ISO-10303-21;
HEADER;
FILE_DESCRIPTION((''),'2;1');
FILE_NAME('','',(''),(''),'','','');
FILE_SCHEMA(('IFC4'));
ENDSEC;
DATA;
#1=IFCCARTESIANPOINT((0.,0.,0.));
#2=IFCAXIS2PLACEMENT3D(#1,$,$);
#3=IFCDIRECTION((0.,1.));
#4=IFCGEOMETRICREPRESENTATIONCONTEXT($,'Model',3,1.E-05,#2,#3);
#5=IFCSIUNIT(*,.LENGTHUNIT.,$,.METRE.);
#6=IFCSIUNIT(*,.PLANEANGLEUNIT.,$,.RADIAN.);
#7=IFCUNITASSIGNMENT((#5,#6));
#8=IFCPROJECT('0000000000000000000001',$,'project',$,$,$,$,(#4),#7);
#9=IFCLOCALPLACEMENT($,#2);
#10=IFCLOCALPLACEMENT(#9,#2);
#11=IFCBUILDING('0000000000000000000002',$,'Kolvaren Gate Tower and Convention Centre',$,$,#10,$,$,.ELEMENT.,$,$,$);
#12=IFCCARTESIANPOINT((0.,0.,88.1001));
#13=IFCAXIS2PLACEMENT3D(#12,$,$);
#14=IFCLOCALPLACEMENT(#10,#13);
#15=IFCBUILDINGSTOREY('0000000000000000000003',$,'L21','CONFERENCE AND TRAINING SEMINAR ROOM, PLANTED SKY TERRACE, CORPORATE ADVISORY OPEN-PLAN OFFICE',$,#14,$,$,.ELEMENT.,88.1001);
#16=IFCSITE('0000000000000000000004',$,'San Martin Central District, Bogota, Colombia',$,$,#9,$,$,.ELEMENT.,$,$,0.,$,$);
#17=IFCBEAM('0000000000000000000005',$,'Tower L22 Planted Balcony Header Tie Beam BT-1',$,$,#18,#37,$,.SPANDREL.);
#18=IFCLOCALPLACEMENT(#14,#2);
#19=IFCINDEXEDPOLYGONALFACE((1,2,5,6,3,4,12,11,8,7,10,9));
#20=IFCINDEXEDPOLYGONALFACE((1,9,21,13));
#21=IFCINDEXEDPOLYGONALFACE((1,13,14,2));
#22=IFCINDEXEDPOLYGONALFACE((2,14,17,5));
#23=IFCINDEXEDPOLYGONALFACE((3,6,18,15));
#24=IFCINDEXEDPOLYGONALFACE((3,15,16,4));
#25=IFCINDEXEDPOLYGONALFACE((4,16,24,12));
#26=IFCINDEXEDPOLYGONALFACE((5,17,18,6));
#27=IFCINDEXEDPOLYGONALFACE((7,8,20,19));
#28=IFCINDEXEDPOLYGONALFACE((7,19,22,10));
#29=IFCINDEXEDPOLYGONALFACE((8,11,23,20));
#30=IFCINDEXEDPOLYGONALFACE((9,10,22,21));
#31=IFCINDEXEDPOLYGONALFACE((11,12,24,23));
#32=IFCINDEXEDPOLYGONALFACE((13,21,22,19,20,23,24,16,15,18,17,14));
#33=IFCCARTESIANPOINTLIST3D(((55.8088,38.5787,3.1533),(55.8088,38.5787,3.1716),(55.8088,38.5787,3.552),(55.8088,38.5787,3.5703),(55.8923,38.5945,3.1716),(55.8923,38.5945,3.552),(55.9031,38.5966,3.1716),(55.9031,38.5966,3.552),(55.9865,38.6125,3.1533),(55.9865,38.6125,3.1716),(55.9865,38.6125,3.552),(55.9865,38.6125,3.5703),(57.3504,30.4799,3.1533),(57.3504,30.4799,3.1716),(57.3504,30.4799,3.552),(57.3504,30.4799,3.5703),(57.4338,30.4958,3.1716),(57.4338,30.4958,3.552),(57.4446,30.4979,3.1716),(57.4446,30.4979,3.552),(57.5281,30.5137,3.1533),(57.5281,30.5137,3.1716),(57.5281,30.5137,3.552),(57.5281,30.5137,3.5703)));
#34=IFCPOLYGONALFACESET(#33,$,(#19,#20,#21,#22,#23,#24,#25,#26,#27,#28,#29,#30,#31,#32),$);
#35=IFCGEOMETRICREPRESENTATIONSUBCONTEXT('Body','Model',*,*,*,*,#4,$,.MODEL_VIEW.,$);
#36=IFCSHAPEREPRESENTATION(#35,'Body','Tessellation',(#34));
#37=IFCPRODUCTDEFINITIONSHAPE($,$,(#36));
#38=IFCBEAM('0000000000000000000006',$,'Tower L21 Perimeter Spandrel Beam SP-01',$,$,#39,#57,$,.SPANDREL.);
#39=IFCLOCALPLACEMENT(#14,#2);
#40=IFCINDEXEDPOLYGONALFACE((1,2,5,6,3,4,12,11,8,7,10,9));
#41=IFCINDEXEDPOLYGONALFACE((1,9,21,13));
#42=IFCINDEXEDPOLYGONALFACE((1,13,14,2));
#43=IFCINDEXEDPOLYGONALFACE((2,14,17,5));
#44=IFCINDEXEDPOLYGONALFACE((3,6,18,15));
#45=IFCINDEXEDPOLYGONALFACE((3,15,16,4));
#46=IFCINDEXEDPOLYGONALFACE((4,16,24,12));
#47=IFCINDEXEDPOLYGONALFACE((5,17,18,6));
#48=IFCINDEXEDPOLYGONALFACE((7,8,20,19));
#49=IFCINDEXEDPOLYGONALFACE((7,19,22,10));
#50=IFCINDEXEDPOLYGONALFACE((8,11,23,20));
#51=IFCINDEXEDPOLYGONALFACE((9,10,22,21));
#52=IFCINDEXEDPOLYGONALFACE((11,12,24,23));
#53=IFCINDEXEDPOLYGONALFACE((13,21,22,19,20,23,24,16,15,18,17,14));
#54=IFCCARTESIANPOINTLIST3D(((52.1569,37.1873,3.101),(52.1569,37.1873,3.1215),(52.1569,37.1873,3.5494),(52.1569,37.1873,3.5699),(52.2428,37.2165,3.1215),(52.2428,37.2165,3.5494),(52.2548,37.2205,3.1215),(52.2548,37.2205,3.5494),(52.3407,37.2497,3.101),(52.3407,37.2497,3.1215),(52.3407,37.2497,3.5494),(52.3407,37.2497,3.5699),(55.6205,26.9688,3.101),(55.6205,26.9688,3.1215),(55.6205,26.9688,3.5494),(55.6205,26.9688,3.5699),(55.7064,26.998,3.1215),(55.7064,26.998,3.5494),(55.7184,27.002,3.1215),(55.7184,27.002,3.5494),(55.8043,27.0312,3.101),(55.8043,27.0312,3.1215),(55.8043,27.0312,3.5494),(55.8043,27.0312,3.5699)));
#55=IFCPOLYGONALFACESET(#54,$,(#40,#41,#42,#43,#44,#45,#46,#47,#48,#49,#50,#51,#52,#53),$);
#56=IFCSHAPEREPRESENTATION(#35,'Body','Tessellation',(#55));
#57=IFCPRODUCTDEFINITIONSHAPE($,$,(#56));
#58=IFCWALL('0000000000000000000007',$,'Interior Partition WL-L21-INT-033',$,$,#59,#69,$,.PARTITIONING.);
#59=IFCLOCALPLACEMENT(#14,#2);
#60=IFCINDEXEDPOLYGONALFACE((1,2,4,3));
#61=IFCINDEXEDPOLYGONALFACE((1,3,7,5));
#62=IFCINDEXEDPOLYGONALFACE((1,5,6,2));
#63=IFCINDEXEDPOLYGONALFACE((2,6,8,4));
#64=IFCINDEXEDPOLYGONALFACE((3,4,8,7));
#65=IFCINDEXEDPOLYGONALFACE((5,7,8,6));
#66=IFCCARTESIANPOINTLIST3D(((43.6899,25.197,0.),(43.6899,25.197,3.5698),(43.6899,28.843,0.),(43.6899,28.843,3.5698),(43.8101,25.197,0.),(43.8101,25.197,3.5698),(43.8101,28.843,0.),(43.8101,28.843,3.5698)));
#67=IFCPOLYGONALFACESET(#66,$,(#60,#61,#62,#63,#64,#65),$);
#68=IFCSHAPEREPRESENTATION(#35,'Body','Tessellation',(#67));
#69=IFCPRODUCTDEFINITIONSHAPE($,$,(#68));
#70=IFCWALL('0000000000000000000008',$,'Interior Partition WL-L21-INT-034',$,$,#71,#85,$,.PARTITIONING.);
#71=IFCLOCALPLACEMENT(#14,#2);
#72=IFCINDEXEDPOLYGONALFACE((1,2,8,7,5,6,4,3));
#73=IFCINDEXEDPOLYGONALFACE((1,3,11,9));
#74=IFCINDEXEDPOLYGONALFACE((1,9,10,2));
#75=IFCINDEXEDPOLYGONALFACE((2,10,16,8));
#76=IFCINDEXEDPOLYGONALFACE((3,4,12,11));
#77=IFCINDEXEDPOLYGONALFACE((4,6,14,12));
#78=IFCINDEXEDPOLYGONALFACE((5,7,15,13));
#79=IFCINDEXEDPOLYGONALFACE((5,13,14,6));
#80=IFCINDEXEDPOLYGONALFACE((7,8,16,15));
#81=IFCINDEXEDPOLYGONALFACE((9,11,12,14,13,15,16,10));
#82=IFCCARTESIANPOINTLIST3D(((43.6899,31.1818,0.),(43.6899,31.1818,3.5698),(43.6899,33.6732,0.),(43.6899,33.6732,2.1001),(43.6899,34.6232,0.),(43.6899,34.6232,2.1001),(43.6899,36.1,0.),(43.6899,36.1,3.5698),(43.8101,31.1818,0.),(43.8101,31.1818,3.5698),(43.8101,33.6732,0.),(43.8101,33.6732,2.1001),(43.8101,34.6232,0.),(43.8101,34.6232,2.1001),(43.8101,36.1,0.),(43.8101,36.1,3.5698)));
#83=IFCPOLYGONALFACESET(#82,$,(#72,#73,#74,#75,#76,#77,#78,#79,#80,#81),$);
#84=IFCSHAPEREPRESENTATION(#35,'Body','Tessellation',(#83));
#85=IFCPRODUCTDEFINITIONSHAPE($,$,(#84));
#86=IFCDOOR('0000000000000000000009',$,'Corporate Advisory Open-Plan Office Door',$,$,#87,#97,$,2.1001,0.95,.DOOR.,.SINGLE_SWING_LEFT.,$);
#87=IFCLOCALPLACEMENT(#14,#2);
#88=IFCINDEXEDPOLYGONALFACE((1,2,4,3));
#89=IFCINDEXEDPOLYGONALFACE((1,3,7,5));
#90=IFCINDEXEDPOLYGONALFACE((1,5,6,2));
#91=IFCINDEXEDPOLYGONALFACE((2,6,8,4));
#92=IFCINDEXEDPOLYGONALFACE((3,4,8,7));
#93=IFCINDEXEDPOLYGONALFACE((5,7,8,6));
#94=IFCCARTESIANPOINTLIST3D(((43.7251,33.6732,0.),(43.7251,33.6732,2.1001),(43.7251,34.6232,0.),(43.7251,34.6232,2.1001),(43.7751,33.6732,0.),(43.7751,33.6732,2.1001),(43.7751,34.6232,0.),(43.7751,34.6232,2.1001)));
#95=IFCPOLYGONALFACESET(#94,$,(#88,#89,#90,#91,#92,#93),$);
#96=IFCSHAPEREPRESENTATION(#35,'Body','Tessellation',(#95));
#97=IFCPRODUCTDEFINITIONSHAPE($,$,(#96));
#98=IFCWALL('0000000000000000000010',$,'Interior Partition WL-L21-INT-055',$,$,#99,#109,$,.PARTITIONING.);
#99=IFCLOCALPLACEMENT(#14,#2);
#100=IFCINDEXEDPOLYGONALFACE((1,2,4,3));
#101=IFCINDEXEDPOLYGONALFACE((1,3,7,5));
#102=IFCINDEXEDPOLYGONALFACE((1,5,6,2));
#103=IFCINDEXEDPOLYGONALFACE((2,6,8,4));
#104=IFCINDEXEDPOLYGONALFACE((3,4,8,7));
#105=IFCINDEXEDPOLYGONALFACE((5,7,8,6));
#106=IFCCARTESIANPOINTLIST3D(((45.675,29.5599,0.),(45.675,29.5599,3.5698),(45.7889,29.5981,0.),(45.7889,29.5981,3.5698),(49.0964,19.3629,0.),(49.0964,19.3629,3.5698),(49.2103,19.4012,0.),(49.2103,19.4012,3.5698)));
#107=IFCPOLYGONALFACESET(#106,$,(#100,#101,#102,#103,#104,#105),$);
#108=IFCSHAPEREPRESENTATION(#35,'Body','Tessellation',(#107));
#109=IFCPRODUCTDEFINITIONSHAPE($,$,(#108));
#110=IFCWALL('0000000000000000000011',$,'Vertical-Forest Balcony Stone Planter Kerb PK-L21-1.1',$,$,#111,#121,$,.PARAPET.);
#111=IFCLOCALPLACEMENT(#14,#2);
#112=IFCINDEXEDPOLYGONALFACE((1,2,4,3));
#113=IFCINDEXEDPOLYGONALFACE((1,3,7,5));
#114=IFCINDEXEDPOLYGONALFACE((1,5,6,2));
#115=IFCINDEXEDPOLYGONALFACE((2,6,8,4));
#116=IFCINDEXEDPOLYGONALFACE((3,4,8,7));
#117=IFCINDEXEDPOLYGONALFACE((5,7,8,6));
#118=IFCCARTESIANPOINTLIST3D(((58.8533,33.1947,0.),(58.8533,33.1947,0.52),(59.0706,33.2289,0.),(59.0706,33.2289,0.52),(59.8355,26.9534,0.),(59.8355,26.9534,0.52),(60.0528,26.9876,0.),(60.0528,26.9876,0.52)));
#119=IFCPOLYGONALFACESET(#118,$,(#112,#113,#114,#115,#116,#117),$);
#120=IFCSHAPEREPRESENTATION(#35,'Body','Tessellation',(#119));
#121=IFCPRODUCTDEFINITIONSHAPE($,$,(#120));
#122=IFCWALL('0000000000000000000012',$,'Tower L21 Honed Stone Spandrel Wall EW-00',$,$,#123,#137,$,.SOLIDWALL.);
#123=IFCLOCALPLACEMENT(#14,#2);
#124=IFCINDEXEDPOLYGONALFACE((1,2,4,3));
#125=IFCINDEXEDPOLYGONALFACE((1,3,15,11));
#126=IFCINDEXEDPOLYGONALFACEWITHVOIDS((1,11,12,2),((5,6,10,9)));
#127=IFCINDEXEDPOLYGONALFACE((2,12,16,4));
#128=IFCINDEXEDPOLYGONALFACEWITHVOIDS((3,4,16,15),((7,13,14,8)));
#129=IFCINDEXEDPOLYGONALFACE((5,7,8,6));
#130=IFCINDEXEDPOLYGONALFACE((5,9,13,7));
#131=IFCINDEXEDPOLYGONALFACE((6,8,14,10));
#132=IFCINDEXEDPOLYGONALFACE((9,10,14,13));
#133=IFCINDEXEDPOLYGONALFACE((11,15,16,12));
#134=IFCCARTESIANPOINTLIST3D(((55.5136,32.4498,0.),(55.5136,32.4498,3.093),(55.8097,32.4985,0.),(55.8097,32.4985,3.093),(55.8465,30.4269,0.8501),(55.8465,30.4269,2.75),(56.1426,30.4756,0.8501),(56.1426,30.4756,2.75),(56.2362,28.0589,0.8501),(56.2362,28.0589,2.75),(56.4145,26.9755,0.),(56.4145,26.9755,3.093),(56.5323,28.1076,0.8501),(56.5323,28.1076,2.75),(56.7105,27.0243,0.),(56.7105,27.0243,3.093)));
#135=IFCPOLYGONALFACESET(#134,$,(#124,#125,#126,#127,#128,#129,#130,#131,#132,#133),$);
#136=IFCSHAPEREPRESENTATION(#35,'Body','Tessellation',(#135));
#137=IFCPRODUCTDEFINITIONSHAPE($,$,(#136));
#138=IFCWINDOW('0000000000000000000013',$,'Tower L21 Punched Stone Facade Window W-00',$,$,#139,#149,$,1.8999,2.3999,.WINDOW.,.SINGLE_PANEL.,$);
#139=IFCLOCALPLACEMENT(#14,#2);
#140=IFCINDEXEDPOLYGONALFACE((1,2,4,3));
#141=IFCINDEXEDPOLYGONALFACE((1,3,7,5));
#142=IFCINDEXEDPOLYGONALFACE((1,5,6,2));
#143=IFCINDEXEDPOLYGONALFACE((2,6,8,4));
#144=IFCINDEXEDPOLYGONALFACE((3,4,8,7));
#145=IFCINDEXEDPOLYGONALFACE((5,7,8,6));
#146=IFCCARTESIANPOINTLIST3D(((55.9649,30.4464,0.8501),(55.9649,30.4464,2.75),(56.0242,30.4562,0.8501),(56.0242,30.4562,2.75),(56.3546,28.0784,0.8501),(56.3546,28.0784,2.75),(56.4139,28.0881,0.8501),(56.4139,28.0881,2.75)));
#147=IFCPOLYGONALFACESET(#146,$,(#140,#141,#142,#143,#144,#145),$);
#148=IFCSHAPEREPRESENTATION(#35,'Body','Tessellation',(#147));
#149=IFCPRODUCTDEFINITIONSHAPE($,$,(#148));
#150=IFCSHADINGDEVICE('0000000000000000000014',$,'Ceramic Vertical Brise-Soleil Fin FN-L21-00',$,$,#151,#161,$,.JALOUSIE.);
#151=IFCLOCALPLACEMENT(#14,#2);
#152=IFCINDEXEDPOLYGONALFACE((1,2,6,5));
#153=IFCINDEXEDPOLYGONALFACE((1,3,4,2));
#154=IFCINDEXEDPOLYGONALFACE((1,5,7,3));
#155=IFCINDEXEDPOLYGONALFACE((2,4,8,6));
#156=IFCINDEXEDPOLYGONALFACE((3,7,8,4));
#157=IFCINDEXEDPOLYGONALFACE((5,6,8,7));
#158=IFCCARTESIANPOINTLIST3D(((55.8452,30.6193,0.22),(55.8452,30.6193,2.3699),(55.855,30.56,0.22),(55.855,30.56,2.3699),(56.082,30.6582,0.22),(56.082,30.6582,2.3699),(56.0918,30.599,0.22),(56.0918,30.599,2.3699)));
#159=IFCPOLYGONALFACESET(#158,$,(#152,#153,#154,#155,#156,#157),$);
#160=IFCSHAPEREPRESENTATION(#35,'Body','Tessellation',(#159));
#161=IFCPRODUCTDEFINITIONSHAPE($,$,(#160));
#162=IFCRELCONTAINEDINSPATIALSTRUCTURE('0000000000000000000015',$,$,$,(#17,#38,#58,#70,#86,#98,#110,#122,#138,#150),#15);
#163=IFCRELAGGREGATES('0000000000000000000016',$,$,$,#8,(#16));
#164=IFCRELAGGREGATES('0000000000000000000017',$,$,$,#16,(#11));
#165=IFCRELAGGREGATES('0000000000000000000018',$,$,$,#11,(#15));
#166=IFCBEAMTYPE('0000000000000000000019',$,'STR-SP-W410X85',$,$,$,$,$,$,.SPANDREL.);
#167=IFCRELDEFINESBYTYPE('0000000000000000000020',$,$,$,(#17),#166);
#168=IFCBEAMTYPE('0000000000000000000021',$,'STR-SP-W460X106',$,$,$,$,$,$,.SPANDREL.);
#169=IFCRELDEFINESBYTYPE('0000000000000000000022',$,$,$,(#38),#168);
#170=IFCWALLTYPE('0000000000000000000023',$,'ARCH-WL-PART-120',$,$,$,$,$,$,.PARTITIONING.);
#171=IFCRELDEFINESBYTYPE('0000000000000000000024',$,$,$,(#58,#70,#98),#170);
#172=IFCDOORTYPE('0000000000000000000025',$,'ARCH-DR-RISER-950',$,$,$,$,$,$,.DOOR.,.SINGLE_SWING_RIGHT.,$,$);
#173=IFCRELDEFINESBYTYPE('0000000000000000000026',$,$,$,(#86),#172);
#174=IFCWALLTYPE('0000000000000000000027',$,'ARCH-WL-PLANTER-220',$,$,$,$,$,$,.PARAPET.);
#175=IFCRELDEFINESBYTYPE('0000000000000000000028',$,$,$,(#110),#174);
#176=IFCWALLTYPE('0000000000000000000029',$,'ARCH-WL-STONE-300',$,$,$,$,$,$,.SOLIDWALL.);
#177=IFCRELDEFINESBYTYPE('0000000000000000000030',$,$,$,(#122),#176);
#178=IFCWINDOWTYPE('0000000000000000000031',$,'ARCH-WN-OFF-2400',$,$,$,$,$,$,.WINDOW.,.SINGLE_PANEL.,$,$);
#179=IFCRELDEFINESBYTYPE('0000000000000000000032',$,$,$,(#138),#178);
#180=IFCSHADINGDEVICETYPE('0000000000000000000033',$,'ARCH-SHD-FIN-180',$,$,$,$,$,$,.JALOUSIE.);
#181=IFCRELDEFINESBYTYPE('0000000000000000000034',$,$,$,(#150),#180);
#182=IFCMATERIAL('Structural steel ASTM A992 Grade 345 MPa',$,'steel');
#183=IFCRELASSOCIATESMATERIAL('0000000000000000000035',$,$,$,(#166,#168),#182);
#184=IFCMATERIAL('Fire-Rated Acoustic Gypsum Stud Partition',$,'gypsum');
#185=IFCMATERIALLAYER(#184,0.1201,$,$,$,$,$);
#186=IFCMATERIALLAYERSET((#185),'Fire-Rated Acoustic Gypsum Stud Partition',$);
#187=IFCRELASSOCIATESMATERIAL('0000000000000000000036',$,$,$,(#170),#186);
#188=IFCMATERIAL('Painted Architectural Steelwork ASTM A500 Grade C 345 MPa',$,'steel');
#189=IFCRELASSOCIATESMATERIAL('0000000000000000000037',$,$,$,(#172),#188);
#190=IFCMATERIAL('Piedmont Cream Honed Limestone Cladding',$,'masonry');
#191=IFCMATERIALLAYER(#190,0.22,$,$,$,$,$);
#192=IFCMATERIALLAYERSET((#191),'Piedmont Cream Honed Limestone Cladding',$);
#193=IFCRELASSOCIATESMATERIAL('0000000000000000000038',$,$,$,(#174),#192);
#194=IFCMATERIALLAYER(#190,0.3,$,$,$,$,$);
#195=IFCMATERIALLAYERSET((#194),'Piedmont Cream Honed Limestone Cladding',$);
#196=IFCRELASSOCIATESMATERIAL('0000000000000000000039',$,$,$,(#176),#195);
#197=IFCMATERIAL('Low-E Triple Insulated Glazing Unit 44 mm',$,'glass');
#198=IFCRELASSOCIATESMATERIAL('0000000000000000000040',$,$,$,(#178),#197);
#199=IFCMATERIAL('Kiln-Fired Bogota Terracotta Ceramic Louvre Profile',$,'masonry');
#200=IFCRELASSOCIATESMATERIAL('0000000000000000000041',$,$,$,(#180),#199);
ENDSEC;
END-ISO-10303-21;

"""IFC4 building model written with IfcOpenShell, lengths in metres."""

from ifc_helpers import new_model, si_unit, direction, frame, frame_2d, origin, origin_2d, place, context, subcontext, project, spatial, rectangle, i_section, extrude, material, layer, layer_set, material_profile, profile_set, type_object, element, fill, save


model = new_model("IFC4")

# Units and contexts
model_context = context("Model", 3, precision=1e-05, world=origin(), true_north=direction((0.0, 1.0)))
body_context = subcontext(model_context, "Body", "Model", "MODEL_VIEW")
ifc_project = project(units=[si_unit("LENGTHUNIT", "METRE"), si_unit("PLANEANGLEUNIT", "RADIAN")], contexts=[model_context])

# Site, building, storey
site_placement = place(None, origin())
site = spatial("IfcSite", under=ifc_project, at=site_placement, Name="San Martin Central District, Bogota, Colombia", CompositionType="ELEMENT", RefElevation=0.0)
building_placement = place(site_placement, origin())
building = spatial("IfcBuilding", under=site, at=building_placement, Name="Kolvaren Gate Tower and Convention Centre", CompositionType="ELEMENT")
storey_placement = place(building_placement, frame((0.0, 0.0, 88.1001)))
storey = spatial("IfcBuildingStorey", under=building, at=storey_placement, Name="L21", Description="CONFERENCE AND TRAINING SEMINAR ROOM, PLANTED SKY TERRACE, CORPORATE ADVISORY OPEN-PLAN OFFICE", CompositionType="ELEMENT", Elevation=88.1001)

# Beams
ifc_material_1 = material(Name="Structural steel ASTM A992 Grade 345 MPa", Category="steel")
ifc_material_profile_1 = material_profile(ifc_material_1, i_section(OverallWidth=0.1809, OverallDepth=0.417, WebThickness=0.011, FlangeThickness=0.0183, at=origin_2d()), Name="W410X85")
ifc_profile_set_1 = profile_set([ifc_material_profile_1], Name="Structural steel ASTM A992 Grade 345 MPa")
beam_type_1 = type_object("IfcBeamType", Name="STR-SP-W410X85", PredefinedType="SPANDREL", material=ifc_profile_set_1)
beam_1_placement = place(storey_placement, frame((57.4392, 30.4968, 3.3618), z_axis=(-0.186984, 0.982363, 0.0), x_axis=(-0.982363, -0.186984, 0.0)))
element("IfcBeam", 1, at=beam_1_placement, inside=storey, type_object=beam_type_1, Name="Tower L22 Planted Balcony Header Tie Beam BT-1", PredefinedType="SPANDREL", context=body_context, shape_type="SweptSolid", body=[
    extrude(i_section(OverallWidth=0.1809, OverallDepth=0.417, WebThickness=0.011, FlangeThickness=0.0183, at=origin_2d()), origin(), (0.0, 0.0, 1.0), 8.2441),
])
ifc_material_profile_2 = material_profile(ifc_material_1, i_section(OverallWidth=0.1941, OverallDepth=0.469, WebThickness=0.0127, FlangeThickness=0.0205, at=origin_2d()), Name="W460X106")
ifc_profile_set_2 = profile_set([ifc_material_profile_2], Name="Structural steel ASTM A992 Grade 345 MPa")
beam_type_2 = type_object("IfcBeamType", Name="STR-SP-W460X106", PredefinedType="SPANDREL", material=ifc_profile_set_2)
beam_2_placement = place(storey_placement, frame((55.7124, 27.0, 3.3354), z_axis=(-0.321016, 0.947074, 0.0), x_axis=(-0.947074, -0.321016, 0.0)))
element("IfcBeam", 2, at=beam_2_placement, inside=storey, type_object=beam_type_2, Name="Tower L21 Perimeter Spandrel Beam SP-01", PredefinedType="SPANDREL", context=body_context, shape_type="SweptSolid", body=[
    extrude(i_section(OverallWidth=0.1941, OverallDepth=0.469, WebThickness=0.0127, FlangeThickness=0.0205, at=origin_2d()), origin(), (0.0, 0.0, 1.0), 10.7896),
])

# Wall
ifc_material_2 = material(Name="Fire-Rated Acoustic Gypsum Stud Partition", Category="gypsum")
ifc_layer_1 = layer(ifc_material_2, 0.1201)
ifc_layer_set_1 = layer_set([ifc_layer_1], Name="Fire-Rated Acoustic Gypsum Stud Partition")
wall_type_1 = type_object("IfcWallType", Name="ARCH-WL-PART-120", PredefinedType="PARTITIONING", material=ifc_layer_set_1)
wall_1_placement = place(storey_placement, frame((43.75, 25.197, 0.0), z_axis=(0.0, 0.0, 1.0), x_axis=(0.0, 1.0, 0.0)))
element("IfcWall", 3, at=wall_1_placement, inside=storey, type_object=wall_type_1, Name="Interior Partition WL-L21-INT-033", PredefinedType="PARTITIONING", context=body_context, shape_type="SweptSolid", body=[
    extrude(rectangle(XDim=3.646, YDim=0.1201, at=frame_2d((1.823, 0.0))), origin(), (0.0, 0.0, 1.0), 3.5698),
])

# Wall, opening, door
wall_2_placement = place(storey_placement, frame((43.75, 31.1819, 0.0), z_axis=(0.0, 0.0, 1.0), x_axis=(0.0, 1.0, 0.0)))
wall_2 = element("IfcWall", 4, at=wall_2_placement, inside=storey, type_object=wall_type_1, Name="Interior Partition WL-L21-INT-034", PredefinedType="PARTITIONING", context=body_context, shape_type="SweptSolid", body=[
    extrude(rectangle(XDim=4.9182, YDim=0.1201, at=frame_2d((2.459, 0.0))), origin(), (0.0, 0.0, 1.0), 3.5698),
])
opening_1_placement = place(wall_2_placement, frame((2.4912, 0.0, 0.0)))
opening_1 = element("IfcOpeningElement", 5, at=opening_1_placement, cuts=wall_2, PredefinedType="OPENING", context=body_context, shape_type="SweptSolid", body=[
    extrude(rectangle(XDim=0.95, YDim=2.1001, at=frame_2d((0.4751, 1.05))), frame((0.0, 0.0701, 0.0), z_axis=(0.0, -1.0, 0.0), x_axis=(1.0, 0.0, 0.0)), (0.0, 0.0, 1.0), 0.1401),
])
ifc_material_3 = material(Name="Painted Architectural Steelwork ASTM A500 Grade C 345 MPa", Category="steel")
door_type = type_object("IfcDoorType", Name="ARCH-DR-RISER-950", OperationType="SINGLE_SWING_RIGHT", PredefinedType="DOOR", material=ifc_material_3)
door_placement = place(opening_1_placement, origin())
door = element("IfcDoor", 6, at=door_placement, inside=storey, type_object=door_type, Name="Corporate Advisory Open-Plan Office Door", OperationType="SINGLE_SWING_LEFT", OverallHeight=2.1001, OverallWidth=0.95, PredefinedType="DOOR", context=body_context, shape_type="SweptSolid", body=[
    extrude(rectangle(XDim=0.95, YDim=2.1001, at=frame_2d((0.4751, 1.05))), frame((0.0, 0.0249, 0.0), z_axis=(0.0, -1.0, 0.0), x_axis=(1.0, 0.0, 0.0)), (0.0, 0.0, 1.0), 0.05),
])
fill(opening_1, door)

# Walls
wall_3_placement = place(storey_placement, frame((45.7319, 29.5791, 0.0), z_axis=(0.0, 0.0, 1.0), x_axis=(0.3181, -0.948057, 0.0)))
element("IfcWall", 7, at=wall_3_placement, inside=storey, type_object=wall_type_1, Name="Interior Partition WL-L21-INT-055", PredefinedType="PARTITIONING", context=body_context, shape_type="SweptSolid", body=[
    extrude(rectangle(XDim=10.7556, YDim=0.1201, at=frame_2d((5.3779, 0.0))), origin(), (0.0, 0.0, 1.0), 3.5698),
])
ifc_material_4 = material(Name="Piedmont Cream Honed Limestone Cladding", Category="masonry")
ifc_layer_2 = layer(ifc_material_4, 0.22)
ifc_layer_set_2 = layer_set([ifc_layer_2], Name="Piedmont Cream Honed Limestone Cladding")
wall_type_2 = type_object("IfcWallType", Name="ARCH-WL-PLANTER-220", PredefinedType="PARAPET", material=ifc_layer_set_2)
wall_4_placement = place(storey_placement, frame((58.9619, 33.2119, 0.0), z_axis=(0.0, 0.0, 1.0), x_axis=(0.155457, -0.987843, 0.0)))
element("IfcWall", 8, at=wall_4_placement, inside=storey, type_object=wall_type_2, Name="Vertical-Forest Balcony Stone Planter Kerb PK-L21-1.1", PredefinedType="PARAPET", context=body_context, shape_type="SweptSolid", body=[
    extrude(rectangle(XDim=6.3181, YDim=0.22, at=frame_2d((3.1592, 0.0))), origin(), (0.0, 0.0, 1.0), 0.52),
])

# Wall, opening, window
ifc_layer_3 = layer(ifc_material_4, 0.3)
ifc_layer_set_3 = layer_set([ifc_layer_3], Name="Piedmont Cream Honed Limestone Cladding")
wall_type_3 = type_object("IfcWallType", Name="ARCH-WL-STONE-300", PredefinedType="SOLIDWALL", material=ifc_layer_set_3)
wall_5_placement = place(storey_placement, frame((55.6616, 32.4741, 0.0), z_axis=(0.0, 0.0, 1.0), x_axis=(0.162386, -0.986727, 0.0)))
wall_5 = element("IfcWall", 9, at=wall_5_placement, inside=storey, type_object=wall_type_3, Name="Tower L21 Honed Stone Spandrel Wall EW-00", PredefinedType="SOLIDWALL", context=body_context, shape_type="SweptSolid", body=[
    extrude(rectangle(XDim=5.5479, YDim=0.3, at=frame_2d((2.7739, 0.0))), origin(), (0.0, 0.0, 1.0), 3.093),
])
opening_2_placement = place(wall_5_placement, frame((2.05, 0.0, 0.8501)))
opening_2 = element("IfcOpeningElement", 10, at=opening_2_placement, cuts=wall_5, PredefinedType="OPENING", context=body_context, shape_type="SweptSolid", body=[
    extrude(rectangle(XDim=2.3999, YDim=1.8999, at=frame_2d((1.2, 0.95))), frame((0.0, 0.1599, 0.0), z_axis=(0.0, -1.0, 0.0), x_axis=(1.0, 0.0, 0.0)), (0.0, 0.0, 1.0), 0.3201),
])
ifc_material_5 = material(Name="Low-E Triple Insulated Glazing Unit 44 mm", Category="glass")
window_type = type_object("IfcWindowType", Name="ARCH-WN-OFF-2400", PartitioningType="SINGLE_PANEL", PredefinedType="WINDOW", material=ifc_material_5)
window_placement = place(opening_2_placement, origin())
window = element("IfcWindow", 11, at=window_placement, inside=storey, type_object=window_type, Name="Tower L21 Punched Stone Facade Window W-00", OverallHeight=1.8999, OverallWidth=2.3999, PartitioningType="SINGLE_PANEL", PredefinedType="WINDOW", context=body_context, shape_type="SweptSolid", body=[
    extrude(rectangle(XDim=2.3999, YDim=1.8999, at=frame_2d((1.2, 0.95))), frame((0.0, 0.03, 0.0), z_axis=(0.0, -1.0, 0.0), x_axis=(1.0, 0.0, 0.0)), (0.0, 0.0, 1.0), 0.0601),
])
fill(opening_2, window)

# Shading device
ifc_material_6 = material(Name="Kiln-Fired Bogota Terracotta Ceramic Louvre Profile", Category="masonry")
shading_device_type = type_object("IfcShadingDeviceType", Name="ARCH-SHD-FIN-180", PredefinedType="JALOUSIE", material=ifc_material_6)
shading_device_placement = place(storey_placement, frame((55.9685, 30.6091, 0.22), z_axis=(0.0, 0.0, 1.0), x_axis=(0.162375, -0.986729, 0.0)))
element("IfcShadingDevice", 12, at=shading_device_placement, inside=storey, type_object=shading_device_type, Name="Ceramic Vertical Brise-Soleil Fin FN-L21-00", PredefinedType="JALOUSIE", context=body_context, shape_type="SweptSolid", body=[
    extrude(rectangle(XDim=0.0601, YDim=0.24, at=origin_2d()), origin(), (0.0, 0.0, 1.0), 2.1499),
])

save(model, "model.ifc")
